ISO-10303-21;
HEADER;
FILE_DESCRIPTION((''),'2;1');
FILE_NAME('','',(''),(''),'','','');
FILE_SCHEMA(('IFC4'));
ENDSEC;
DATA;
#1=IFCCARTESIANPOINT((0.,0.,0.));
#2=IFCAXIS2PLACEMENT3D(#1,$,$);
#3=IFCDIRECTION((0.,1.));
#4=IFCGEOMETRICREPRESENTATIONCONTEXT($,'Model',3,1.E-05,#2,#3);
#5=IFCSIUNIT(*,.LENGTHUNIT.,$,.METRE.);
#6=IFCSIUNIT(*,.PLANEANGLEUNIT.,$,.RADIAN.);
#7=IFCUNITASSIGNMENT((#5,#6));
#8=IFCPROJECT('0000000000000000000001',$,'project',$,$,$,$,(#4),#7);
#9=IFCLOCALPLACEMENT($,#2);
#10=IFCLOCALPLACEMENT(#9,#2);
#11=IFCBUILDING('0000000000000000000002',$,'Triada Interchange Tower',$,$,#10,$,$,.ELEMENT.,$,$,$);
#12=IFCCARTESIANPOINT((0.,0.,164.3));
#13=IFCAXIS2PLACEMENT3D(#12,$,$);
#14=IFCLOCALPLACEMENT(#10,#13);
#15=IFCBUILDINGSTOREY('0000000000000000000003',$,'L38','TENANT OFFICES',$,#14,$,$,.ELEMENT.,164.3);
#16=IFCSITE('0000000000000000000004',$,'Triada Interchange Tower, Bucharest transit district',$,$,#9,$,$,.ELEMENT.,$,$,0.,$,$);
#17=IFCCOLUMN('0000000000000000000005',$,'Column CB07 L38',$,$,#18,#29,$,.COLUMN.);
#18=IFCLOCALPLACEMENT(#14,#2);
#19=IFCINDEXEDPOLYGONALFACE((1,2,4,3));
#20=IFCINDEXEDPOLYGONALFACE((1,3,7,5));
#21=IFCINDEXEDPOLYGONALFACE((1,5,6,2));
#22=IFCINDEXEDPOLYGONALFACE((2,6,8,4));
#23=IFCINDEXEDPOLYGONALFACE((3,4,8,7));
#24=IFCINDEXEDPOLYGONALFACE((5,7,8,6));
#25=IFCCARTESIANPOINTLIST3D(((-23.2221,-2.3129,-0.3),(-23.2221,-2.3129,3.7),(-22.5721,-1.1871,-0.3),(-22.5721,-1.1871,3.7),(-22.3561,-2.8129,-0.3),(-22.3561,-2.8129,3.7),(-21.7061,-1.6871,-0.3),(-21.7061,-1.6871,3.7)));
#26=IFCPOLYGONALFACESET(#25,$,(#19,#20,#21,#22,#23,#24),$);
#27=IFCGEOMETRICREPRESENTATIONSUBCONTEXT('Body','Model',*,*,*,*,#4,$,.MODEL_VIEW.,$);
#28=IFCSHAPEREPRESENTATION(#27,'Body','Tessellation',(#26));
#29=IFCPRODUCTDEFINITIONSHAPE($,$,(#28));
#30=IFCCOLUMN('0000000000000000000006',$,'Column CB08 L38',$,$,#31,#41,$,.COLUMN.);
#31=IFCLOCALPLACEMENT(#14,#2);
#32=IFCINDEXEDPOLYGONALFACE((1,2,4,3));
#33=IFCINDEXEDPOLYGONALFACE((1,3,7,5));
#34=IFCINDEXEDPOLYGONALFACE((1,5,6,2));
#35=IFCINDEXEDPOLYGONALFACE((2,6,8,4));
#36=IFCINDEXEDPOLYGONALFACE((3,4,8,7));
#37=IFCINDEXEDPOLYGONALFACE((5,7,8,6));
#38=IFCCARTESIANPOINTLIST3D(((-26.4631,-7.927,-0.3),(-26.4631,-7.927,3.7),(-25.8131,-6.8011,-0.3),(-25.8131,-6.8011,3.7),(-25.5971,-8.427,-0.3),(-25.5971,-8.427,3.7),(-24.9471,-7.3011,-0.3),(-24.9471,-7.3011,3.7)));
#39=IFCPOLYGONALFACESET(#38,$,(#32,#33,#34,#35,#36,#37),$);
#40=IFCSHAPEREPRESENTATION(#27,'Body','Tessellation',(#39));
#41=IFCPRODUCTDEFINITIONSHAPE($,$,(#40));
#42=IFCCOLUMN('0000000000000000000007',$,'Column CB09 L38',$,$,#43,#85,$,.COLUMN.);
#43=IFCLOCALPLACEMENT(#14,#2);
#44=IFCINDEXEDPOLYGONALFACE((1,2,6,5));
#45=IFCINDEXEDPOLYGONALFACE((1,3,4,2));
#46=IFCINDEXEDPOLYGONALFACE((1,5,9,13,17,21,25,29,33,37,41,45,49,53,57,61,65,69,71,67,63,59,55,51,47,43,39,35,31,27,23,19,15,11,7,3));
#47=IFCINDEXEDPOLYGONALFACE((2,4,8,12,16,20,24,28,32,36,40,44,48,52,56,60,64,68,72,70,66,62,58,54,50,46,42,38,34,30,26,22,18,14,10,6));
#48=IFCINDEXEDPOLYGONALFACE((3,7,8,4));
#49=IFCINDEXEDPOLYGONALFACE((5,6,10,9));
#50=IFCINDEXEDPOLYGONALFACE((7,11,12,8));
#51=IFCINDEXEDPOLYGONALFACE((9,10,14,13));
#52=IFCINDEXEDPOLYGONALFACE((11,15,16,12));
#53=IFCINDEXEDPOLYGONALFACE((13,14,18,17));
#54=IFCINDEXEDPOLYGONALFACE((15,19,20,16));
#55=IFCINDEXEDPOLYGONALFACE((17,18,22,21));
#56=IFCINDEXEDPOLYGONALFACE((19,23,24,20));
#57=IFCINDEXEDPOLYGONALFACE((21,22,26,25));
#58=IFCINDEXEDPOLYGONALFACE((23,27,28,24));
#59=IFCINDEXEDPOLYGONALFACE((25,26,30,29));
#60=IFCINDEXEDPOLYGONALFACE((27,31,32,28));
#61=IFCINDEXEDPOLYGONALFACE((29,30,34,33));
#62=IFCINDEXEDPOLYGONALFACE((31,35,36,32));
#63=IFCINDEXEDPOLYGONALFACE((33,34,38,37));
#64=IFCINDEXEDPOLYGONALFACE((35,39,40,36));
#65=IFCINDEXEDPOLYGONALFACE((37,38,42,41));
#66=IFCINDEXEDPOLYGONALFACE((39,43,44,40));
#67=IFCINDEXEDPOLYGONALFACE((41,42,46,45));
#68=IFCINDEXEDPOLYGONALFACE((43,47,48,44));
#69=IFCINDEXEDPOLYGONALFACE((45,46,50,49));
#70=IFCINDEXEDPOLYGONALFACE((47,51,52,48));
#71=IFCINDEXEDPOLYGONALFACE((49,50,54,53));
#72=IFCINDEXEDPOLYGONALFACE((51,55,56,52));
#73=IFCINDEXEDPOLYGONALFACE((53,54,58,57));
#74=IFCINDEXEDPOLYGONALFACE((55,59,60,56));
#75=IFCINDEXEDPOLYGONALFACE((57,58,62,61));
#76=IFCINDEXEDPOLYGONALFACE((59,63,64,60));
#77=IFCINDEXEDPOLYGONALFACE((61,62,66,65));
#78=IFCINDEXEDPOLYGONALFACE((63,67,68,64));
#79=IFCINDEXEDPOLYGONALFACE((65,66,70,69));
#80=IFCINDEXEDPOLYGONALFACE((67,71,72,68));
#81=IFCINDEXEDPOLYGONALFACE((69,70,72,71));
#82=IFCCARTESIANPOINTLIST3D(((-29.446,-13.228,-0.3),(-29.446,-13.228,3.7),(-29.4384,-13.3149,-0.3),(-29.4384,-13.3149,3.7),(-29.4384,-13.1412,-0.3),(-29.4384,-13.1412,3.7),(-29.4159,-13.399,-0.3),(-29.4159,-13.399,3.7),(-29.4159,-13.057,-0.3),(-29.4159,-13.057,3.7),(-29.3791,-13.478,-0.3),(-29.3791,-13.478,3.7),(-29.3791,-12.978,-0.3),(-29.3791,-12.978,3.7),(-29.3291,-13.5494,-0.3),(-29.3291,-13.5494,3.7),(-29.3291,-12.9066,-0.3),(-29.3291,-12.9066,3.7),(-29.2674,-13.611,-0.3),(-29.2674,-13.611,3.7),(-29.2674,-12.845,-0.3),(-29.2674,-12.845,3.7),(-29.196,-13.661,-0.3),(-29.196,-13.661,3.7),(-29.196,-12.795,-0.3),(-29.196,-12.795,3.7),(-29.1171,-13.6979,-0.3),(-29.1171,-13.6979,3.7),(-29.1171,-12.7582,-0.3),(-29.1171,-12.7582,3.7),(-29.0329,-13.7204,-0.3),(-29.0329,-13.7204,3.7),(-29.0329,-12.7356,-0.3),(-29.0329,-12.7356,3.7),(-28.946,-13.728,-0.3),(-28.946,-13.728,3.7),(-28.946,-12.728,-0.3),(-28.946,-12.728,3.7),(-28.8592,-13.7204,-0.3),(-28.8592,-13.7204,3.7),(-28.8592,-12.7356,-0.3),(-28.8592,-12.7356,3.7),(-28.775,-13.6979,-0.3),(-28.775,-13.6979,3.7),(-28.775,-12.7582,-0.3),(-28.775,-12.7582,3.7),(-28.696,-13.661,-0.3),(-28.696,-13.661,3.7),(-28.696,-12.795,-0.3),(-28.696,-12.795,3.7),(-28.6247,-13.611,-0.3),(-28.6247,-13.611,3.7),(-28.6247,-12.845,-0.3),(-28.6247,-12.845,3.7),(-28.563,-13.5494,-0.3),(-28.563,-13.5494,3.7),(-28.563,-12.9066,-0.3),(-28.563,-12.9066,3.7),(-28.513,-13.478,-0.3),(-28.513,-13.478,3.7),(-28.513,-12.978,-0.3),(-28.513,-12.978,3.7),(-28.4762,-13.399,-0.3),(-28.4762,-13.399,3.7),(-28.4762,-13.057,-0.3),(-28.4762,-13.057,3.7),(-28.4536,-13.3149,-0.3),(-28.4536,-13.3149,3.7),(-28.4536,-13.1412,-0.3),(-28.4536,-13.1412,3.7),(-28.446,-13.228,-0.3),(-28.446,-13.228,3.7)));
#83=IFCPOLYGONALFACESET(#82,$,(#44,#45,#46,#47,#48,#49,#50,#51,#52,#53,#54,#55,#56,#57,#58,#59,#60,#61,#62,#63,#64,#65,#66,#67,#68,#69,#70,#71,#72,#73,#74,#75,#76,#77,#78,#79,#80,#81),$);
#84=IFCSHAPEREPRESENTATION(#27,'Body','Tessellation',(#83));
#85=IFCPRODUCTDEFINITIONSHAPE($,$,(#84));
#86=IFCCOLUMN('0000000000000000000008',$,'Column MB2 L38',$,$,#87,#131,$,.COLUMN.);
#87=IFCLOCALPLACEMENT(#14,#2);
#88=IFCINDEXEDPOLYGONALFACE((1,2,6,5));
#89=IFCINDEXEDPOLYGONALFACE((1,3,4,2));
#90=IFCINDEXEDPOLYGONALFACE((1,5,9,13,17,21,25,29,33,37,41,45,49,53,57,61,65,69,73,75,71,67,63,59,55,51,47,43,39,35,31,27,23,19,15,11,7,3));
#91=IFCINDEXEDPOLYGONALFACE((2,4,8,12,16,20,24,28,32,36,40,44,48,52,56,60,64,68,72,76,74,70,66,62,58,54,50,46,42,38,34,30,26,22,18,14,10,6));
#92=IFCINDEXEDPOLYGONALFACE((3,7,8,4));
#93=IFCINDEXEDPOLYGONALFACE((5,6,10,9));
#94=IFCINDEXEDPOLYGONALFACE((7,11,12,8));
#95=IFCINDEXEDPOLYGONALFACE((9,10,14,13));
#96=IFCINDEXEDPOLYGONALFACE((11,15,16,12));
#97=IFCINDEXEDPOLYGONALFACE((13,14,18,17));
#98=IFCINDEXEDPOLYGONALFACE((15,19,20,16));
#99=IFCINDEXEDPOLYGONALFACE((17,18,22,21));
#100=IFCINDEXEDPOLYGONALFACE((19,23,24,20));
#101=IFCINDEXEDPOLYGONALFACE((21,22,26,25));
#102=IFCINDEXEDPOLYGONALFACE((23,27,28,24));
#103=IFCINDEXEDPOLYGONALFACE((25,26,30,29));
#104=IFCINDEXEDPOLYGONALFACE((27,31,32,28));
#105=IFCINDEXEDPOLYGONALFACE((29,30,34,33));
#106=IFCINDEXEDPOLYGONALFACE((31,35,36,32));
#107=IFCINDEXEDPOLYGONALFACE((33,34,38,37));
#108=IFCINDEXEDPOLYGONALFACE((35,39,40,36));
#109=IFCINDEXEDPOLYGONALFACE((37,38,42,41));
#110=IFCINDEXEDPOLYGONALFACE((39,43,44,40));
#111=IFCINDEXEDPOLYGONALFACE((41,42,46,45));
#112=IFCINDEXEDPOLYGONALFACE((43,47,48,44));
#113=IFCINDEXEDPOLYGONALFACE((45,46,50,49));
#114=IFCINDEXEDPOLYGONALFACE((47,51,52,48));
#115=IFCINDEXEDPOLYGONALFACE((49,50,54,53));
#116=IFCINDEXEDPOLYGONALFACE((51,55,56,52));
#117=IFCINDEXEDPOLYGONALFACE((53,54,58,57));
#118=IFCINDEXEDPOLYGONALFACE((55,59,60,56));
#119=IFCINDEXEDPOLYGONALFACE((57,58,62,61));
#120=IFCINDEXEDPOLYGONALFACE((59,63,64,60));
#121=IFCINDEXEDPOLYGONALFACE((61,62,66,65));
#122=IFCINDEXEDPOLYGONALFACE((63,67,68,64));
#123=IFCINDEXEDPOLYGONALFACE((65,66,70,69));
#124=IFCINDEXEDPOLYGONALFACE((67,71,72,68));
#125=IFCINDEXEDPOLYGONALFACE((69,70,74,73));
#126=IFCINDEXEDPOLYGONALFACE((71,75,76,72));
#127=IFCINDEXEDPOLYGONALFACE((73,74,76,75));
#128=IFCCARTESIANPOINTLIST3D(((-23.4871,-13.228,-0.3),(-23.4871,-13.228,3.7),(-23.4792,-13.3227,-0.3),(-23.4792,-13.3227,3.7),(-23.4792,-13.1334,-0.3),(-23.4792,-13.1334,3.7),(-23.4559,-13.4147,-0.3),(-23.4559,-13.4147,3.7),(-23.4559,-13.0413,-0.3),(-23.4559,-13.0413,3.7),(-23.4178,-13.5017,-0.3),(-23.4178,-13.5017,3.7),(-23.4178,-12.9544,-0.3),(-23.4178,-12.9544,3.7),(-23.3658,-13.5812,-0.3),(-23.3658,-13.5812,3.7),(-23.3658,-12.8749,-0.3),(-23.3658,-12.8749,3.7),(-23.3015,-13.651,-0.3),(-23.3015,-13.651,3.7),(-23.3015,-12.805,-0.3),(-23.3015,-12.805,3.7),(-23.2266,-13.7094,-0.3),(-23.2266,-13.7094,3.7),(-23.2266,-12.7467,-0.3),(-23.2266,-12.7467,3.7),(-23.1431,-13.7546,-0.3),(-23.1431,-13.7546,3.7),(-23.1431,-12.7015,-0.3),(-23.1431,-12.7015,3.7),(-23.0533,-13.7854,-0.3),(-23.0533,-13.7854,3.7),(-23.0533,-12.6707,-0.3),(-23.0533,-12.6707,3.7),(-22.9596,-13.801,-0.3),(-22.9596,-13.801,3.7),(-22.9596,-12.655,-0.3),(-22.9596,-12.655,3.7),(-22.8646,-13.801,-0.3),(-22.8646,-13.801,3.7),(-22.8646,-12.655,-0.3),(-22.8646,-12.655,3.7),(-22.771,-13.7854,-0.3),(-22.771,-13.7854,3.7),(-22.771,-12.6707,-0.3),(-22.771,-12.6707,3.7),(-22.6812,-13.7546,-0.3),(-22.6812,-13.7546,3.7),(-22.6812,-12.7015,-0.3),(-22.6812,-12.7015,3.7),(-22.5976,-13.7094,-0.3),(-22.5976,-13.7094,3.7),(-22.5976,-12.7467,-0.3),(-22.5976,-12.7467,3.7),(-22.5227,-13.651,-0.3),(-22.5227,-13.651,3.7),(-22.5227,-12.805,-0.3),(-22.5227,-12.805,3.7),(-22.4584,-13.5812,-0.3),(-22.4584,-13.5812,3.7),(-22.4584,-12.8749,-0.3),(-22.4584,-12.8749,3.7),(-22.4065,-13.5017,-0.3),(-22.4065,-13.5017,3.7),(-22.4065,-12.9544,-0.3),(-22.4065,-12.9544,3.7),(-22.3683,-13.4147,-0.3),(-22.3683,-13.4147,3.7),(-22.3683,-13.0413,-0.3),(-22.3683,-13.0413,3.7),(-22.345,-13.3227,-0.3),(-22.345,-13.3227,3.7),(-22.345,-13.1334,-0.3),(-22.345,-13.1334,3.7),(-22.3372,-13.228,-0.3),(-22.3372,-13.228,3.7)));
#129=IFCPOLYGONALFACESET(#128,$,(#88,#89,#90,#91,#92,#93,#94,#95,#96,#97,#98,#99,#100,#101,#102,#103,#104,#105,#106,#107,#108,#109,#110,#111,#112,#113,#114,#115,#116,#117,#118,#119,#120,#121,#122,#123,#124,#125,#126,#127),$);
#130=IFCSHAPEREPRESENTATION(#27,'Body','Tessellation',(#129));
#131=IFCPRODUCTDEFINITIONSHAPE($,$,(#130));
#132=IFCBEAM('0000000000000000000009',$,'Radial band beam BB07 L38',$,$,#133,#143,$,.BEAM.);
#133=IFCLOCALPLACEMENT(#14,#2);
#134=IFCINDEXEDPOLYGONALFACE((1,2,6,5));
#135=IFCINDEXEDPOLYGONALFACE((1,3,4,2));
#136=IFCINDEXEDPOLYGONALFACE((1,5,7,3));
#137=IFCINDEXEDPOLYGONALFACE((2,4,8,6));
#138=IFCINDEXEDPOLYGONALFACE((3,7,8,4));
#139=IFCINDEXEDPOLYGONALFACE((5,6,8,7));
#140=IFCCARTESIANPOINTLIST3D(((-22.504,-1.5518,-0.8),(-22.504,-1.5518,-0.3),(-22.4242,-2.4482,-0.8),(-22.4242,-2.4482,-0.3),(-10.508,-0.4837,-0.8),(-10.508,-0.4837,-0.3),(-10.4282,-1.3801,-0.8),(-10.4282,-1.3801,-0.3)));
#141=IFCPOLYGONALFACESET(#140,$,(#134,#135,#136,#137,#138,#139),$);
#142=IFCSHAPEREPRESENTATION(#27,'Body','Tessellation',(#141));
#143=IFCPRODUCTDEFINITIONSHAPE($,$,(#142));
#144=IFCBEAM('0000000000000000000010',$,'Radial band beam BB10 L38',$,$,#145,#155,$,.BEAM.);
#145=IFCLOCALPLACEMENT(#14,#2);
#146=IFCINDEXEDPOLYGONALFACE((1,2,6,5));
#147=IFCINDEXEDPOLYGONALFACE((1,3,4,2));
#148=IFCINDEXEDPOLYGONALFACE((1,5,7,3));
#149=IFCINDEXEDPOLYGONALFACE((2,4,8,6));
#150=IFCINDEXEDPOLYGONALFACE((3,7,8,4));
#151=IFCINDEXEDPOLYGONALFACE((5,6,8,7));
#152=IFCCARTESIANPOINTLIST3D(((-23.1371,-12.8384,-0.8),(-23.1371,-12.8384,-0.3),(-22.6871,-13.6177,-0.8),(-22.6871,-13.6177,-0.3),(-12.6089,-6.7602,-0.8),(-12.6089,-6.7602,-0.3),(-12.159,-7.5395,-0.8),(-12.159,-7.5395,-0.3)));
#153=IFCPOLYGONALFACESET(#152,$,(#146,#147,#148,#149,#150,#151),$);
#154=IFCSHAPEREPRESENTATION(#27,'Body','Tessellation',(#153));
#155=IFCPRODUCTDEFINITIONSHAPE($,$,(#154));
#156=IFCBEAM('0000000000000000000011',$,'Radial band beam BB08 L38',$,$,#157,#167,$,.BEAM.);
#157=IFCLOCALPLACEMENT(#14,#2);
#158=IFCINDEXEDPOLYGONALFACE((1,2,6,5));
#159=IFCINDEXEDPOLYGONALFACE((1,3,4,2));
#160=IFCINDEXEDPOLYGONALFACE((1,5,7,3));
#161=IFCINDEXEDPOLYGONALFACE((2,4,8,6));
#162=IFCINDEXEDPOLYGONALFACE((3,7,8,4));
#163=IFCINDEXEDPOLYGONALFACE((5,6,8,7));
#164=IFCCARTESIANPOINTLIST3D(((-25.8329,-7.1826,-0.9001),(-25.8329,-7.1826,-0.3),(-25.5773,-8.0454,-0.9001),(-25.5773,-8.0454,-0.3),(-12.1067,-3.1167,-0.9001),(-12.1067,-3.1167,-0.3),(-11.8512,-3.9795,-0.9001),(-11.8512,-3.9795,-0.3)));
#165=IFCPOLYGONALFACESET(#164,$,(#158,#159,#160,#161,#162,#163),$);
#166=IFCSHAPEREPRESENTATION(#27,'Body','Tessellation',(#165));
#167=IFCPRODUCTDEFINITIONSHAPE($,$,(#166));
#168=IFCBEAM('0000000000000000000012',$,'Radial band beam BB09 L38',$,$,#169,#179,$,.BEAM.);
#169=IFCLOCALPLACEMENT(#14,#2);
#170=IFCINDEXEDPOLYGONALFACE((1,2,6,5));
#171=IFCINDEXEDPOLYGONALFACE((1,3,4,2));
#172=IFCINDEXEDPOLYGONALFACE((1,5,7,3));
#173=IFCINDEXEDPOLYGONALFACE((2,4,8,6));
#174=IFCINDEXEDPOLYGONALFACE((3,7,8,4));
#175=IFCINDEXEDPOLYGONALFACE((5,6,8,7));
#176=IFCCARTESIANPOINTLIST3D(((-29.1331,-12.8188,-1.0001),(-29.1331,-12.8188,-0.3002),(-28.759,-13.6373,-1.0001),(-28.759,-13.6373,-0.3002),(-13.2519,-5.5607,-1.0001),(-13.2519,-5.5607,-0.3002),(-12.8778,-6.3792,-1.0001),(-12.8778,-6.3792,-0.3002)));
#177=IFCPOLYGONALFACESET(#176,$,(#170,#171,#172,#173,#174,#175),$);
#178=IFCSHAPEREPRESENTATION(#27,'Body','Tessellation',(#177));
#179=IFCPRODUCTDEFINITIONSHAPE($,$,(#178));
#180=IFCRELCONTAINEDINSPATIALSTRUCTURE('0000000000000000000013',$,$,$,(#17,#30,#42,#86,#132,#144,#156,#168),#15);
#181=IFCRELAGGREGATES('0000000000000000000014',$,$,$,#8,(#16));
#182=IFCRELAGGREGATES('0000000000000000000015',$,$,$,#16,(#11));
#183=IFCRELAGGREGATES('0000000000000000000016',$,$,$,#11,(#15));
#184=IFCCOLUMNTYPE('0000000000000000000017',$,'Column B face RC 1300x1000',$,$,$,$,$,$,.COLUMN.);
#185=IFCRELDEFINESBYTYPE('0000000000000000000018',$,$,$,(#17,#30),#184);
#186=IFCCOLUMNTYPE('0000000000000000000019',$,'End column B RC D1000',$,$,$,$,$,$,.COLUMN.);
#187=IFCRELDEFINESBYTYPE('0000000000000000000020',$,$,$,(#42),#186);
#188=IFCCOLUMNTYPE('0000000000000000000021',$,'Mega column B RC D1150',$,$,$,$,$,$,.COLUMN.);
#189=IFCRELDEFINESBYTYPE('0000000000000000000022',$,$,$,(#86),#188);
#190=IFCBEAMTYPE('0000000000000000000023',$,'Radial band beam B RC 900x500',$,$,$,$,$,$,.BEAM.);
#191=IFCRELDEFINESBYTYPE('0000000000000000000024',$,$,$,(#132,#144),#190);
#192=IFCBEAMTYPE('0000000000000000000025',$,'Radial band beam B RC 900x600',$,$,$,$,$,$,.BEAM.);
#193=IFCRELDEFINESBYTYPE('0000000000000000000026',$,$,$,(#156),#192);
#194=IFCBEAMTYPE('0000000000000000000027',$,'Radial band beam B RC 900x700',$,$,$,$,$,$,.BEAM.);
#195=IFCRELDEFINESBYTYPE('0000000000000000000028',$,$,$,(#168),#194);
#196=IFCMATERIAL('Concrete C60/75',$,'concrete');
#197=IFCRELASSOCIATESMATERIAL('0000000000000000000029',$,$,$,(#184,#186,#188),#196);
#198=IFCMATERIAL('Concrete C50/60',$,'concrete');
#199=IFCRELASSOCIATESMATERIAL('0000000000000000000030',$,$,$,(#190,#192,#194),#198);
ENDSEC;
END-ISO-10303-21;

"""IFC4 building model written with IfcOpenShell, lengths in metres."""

from ifc_helpers import new_model, si_unit, direction, frame, origin, origin_2d, place, context, subcontext, project, spatial, rectangle, circle, extrude, material, material_profile, profile_set, type_object, element, save


model = new_model("IFC4")

# Units and contexts
model_context = context("Model", 3, precision=1e-05, world=origin(), true_north=direction((0.0, 1.0)))
body_context = subcontext(model_context, "Body", "Model", "MODEL_VIEW")
ifc_project = project(units=[si_unit("LENGTHUNIT", "METRE"), si_unit("PLANEANGLEUNIT", "RADIAN")], contexts=[model_context])

# Site, building, storey
site_placement = place(None, origin())
site = spatial("IfcSite", under=ifc_project, at=site_placement, Name="Triada Interchange Tower, Bucharest transit district", CompositionType="ELEMENT", RefElevation=0.0)
building_placement = place(site_placement, origin())
building = spatial("IfcBuilding", under=site, at=building_placement, Name="Triada Interchange Tower", CompositionType="ELEMENT")
storey_placement = place(building_placement, frame((0.0, 0.0, 164.3)))
storey = spatial("IfcBuildingStorey", under=building, at=storey_placement, Name="L38", Description="TENANT OFFICES", CompositionType="ELEMENT", Elevation=164.3)

# Columns
ifc_material_1 = material(Name="Concrete C60/75", Category="concrete")
ifc_material_profile_1 = material_profile(ifc_material_1, rectangle(XDim=1.3, YDim=1.0, at=origin_2d()), Name="RC 1300x1000")
ifc_profile_set_1 = profile_set([ifc_material_profile_1], Name="Concrete C60/75")
column_type_1 = type_object("IfcColumnType", Name="Column B face RC 1300x1000", PredefinedType="COLUMN", material=ifc_profile_set_1)
for number, where, z_axis, x_axis, name in (
    (1, (-22.4641, -2.0, -0.3), (0.0, 0.0, 1.0), (0.5, 0.866025, 0.0), "Column CB07 L38"),
    (2, (-25.7051, -7.614, -0.3), (0.0, 0.0, 1.0), (0.5, 0.866025, 0.0), "Column CB08 L38"),
):
    element("IfcColumn", number, at=place(storey_placement, frame(where, z_axis=z_axis, x_axis=x_axis)), inside=storey, type_object=column_type_1, Name=name, PredefinedType="COLUMN", context=body_context, shape_type="SweptSolid", body=[
        extrude(rectangle(XDim=1.3, YDim=1.0, at=origin_2d()), origin(), (0.0, 0.0, 1.0), 4.0),
    ])
ifc_material_profile_2 = material_profile(ifc_material_1, circle(Radius=0.5, at=origin_2d()), Name="RC D1000")
ifc_profile_set_2 = profile_set([ifc_material_profile_2], Name="Concrete C60/75")
column_type_2 = type_object("IfcColumnType", Name="End column B RC D1000", PredefinedType="COLUMN", material=ifc_profile_set_2)
column_1_placement = place(storey_placement, frame((-28.946, -13.228, -0.3), z_axis=(0.0, 0.0, 1.0), x_axis=(0.5, 0.866025, 0.0)))
element("IfcColumn", 3, at=column_1_placement, inside=storey, type_object=column_type_2, Name="Column CB09 L38", PredefinedType="COLUMN", context=body_context, shape_type="SweptSolid", body=[
    extrude(circle(Radius=0.5, at=origin_2d()), origin(), (0.0, 0.0, 1.0), 4.0),
])
ifc_material_profile_3 = material_profile(ifc_material_1, circle(Radius=0.575, at=origin_2d()), Name="RC D1150")
ifc_profile_set_3 = profile_set([ifc_material_profile_3], Name="Concrete C60/75")
column_type_3 = type_object("IfcColumnType", Name="Mega column B RC D1150", PredefinedType="COLUMN", material=ifc_profile_set_3)
column_2_placement = place(storey_placement, frame((-22.9121, -13.228, -0.3), z_axis=(0.0, 0.0, 1.0), x_axis=(1.0, 0.0, 0.0)))
element("IfcColumn", 4, at=column_2_placement, inside=storey, type_object=column_type_3, Name="Column MB2 L38", PredefinedType="COLUMN", context=body_context, shape_type="SweptSolid", body=[
    extrude(circle(Radius=0.575, at=origin_2d()), origin(), (0.0, 0.0, 1.0), 4.0),
])

# Beams
ifc_material_2 = material(Name="Concrete C50/60", Category="concrete")
ifc_material_profile_4 = material_profile(ifc_material_2, rectangle(XDim=0.8999, YDim=0.5, at=origin_2d()), Name="RC 900x500")
ifc_profile_set_4 = profile_set([ifc_material_profile_4], Name="Concrete C50/60")
beam_type_1 = type_object("IfcBeamType", Name="Radial band beam B RC 900x500", PredefinedType="BEAM", material=ifc_profile_set_4)
beam_1_placement = place(storey_placement, frame((-22.4641, -2.0, -0.55), z_axis=(0.996059, 0.088688, 0.0), x_axis=(-0.088688, 0.996059, 0.0)))
element("IfcBeam", 5, at=beam_1_placement, inside=storey, type_object=beam_type_1, Name="Radial band beam BB07 L38", PredefinedType="BEAM", context=body_context, shape_type="SweptSolid", body=[
    extrude(rectangle(XDim=0.8999, YDim=0.5, at=origin_2d()), origin(), (0.0, 0.0, 1.0), 12.0435),
])
beam_2_placement = place(storey_placement, frame((-22.9121, -13.228, -0.55), z_axis=(0.866035, 0.499984, 0.0), x_axis=(-0.499984, 0.866035, 0.0)))
element("IfcBeam", 6, at=beam_2_placement, inside=storey, type_object=beam_type_1, Name="Radial band beam BB10 L38", PredefinedType="BEAM", context=body_context, shape_type="SweptSolid", body=[
    extrude(rectangle(XDim=0.8999, YDim=0.5, at=origin_2d()), origin(), (0.0, 0.0, 1.0), 12.1567),
])
ifc_material_profile_5 = material_profile(ifc_material_2, rectangle(XDim=0.8999, YDim=0.6001, at=origin_2d()), Name="RC 900x600")
ifc_profile_set_5 = profile_set([ifc_material_profile_5], Name="Concrete C50/60")
beam_type_2 = type_object("IfcBeamType", Name="Radial band beam B RC 900x600", PredefinedType="BEAM", material=ifc_profile_set_5)
beam_3_placement = place(storey_placement, frame((-25.7051, -7.614, -0.6001), z_axis=(0.958818, 0.28402, 0.0), x_axis=(-0.28402, 0.958818, 0.0)))
element("IfcBeam", 7, at=beam_3_placement, inside=storey, type_object=beam_type_2, Name="Radial band beam BB08 L38", PredefinedType="BEAM", context=body_context, shape_type="SweptSolid", body=[
    extrude(rectangle(XDim=0.8999, YDim=0.6001, at=origin_2d()), origin(), (0.0, 0.0, 1.0), 14.3157),
])
ifc_material_profile_6 = material_profile(ifc_material_2, rectangle(XDim=0.8999, YDim=0.7, at=origin_2d()), Name="RC 900x700")
ifc_profile_set_6 = profile_set([ifc_material_profile_6], Name="Concrete C50/60")
beam_type_3 = type_object("IfcBeamType", Name="Radial band beam B RC 900x700", PredefinedType="BEAM", material=ifc_profile_set_6)
beam_4_placement = place(storey_placement, frame((-28.946, -13.228, -0.6501), z_axis=(0.909515, 0.415671, 0.0), x_axis=(-0.415671, 0.909515, 0.0)))
element("IfcBeam", 8, at=beam_4_placement, inside=storey, type_object=beam_type_3, Name="Radial band beam BB09 L38", PredefinedType="BEAM", context=body_context, shape_type="SweptSolid", body=[
    extrude(rectangle(XDim=0.8999, YDim=0.7, at=origin_2d()), origin(), (0.0, 0.0, 1.0), 17.4612),
])

save(model, "model.ifc")
